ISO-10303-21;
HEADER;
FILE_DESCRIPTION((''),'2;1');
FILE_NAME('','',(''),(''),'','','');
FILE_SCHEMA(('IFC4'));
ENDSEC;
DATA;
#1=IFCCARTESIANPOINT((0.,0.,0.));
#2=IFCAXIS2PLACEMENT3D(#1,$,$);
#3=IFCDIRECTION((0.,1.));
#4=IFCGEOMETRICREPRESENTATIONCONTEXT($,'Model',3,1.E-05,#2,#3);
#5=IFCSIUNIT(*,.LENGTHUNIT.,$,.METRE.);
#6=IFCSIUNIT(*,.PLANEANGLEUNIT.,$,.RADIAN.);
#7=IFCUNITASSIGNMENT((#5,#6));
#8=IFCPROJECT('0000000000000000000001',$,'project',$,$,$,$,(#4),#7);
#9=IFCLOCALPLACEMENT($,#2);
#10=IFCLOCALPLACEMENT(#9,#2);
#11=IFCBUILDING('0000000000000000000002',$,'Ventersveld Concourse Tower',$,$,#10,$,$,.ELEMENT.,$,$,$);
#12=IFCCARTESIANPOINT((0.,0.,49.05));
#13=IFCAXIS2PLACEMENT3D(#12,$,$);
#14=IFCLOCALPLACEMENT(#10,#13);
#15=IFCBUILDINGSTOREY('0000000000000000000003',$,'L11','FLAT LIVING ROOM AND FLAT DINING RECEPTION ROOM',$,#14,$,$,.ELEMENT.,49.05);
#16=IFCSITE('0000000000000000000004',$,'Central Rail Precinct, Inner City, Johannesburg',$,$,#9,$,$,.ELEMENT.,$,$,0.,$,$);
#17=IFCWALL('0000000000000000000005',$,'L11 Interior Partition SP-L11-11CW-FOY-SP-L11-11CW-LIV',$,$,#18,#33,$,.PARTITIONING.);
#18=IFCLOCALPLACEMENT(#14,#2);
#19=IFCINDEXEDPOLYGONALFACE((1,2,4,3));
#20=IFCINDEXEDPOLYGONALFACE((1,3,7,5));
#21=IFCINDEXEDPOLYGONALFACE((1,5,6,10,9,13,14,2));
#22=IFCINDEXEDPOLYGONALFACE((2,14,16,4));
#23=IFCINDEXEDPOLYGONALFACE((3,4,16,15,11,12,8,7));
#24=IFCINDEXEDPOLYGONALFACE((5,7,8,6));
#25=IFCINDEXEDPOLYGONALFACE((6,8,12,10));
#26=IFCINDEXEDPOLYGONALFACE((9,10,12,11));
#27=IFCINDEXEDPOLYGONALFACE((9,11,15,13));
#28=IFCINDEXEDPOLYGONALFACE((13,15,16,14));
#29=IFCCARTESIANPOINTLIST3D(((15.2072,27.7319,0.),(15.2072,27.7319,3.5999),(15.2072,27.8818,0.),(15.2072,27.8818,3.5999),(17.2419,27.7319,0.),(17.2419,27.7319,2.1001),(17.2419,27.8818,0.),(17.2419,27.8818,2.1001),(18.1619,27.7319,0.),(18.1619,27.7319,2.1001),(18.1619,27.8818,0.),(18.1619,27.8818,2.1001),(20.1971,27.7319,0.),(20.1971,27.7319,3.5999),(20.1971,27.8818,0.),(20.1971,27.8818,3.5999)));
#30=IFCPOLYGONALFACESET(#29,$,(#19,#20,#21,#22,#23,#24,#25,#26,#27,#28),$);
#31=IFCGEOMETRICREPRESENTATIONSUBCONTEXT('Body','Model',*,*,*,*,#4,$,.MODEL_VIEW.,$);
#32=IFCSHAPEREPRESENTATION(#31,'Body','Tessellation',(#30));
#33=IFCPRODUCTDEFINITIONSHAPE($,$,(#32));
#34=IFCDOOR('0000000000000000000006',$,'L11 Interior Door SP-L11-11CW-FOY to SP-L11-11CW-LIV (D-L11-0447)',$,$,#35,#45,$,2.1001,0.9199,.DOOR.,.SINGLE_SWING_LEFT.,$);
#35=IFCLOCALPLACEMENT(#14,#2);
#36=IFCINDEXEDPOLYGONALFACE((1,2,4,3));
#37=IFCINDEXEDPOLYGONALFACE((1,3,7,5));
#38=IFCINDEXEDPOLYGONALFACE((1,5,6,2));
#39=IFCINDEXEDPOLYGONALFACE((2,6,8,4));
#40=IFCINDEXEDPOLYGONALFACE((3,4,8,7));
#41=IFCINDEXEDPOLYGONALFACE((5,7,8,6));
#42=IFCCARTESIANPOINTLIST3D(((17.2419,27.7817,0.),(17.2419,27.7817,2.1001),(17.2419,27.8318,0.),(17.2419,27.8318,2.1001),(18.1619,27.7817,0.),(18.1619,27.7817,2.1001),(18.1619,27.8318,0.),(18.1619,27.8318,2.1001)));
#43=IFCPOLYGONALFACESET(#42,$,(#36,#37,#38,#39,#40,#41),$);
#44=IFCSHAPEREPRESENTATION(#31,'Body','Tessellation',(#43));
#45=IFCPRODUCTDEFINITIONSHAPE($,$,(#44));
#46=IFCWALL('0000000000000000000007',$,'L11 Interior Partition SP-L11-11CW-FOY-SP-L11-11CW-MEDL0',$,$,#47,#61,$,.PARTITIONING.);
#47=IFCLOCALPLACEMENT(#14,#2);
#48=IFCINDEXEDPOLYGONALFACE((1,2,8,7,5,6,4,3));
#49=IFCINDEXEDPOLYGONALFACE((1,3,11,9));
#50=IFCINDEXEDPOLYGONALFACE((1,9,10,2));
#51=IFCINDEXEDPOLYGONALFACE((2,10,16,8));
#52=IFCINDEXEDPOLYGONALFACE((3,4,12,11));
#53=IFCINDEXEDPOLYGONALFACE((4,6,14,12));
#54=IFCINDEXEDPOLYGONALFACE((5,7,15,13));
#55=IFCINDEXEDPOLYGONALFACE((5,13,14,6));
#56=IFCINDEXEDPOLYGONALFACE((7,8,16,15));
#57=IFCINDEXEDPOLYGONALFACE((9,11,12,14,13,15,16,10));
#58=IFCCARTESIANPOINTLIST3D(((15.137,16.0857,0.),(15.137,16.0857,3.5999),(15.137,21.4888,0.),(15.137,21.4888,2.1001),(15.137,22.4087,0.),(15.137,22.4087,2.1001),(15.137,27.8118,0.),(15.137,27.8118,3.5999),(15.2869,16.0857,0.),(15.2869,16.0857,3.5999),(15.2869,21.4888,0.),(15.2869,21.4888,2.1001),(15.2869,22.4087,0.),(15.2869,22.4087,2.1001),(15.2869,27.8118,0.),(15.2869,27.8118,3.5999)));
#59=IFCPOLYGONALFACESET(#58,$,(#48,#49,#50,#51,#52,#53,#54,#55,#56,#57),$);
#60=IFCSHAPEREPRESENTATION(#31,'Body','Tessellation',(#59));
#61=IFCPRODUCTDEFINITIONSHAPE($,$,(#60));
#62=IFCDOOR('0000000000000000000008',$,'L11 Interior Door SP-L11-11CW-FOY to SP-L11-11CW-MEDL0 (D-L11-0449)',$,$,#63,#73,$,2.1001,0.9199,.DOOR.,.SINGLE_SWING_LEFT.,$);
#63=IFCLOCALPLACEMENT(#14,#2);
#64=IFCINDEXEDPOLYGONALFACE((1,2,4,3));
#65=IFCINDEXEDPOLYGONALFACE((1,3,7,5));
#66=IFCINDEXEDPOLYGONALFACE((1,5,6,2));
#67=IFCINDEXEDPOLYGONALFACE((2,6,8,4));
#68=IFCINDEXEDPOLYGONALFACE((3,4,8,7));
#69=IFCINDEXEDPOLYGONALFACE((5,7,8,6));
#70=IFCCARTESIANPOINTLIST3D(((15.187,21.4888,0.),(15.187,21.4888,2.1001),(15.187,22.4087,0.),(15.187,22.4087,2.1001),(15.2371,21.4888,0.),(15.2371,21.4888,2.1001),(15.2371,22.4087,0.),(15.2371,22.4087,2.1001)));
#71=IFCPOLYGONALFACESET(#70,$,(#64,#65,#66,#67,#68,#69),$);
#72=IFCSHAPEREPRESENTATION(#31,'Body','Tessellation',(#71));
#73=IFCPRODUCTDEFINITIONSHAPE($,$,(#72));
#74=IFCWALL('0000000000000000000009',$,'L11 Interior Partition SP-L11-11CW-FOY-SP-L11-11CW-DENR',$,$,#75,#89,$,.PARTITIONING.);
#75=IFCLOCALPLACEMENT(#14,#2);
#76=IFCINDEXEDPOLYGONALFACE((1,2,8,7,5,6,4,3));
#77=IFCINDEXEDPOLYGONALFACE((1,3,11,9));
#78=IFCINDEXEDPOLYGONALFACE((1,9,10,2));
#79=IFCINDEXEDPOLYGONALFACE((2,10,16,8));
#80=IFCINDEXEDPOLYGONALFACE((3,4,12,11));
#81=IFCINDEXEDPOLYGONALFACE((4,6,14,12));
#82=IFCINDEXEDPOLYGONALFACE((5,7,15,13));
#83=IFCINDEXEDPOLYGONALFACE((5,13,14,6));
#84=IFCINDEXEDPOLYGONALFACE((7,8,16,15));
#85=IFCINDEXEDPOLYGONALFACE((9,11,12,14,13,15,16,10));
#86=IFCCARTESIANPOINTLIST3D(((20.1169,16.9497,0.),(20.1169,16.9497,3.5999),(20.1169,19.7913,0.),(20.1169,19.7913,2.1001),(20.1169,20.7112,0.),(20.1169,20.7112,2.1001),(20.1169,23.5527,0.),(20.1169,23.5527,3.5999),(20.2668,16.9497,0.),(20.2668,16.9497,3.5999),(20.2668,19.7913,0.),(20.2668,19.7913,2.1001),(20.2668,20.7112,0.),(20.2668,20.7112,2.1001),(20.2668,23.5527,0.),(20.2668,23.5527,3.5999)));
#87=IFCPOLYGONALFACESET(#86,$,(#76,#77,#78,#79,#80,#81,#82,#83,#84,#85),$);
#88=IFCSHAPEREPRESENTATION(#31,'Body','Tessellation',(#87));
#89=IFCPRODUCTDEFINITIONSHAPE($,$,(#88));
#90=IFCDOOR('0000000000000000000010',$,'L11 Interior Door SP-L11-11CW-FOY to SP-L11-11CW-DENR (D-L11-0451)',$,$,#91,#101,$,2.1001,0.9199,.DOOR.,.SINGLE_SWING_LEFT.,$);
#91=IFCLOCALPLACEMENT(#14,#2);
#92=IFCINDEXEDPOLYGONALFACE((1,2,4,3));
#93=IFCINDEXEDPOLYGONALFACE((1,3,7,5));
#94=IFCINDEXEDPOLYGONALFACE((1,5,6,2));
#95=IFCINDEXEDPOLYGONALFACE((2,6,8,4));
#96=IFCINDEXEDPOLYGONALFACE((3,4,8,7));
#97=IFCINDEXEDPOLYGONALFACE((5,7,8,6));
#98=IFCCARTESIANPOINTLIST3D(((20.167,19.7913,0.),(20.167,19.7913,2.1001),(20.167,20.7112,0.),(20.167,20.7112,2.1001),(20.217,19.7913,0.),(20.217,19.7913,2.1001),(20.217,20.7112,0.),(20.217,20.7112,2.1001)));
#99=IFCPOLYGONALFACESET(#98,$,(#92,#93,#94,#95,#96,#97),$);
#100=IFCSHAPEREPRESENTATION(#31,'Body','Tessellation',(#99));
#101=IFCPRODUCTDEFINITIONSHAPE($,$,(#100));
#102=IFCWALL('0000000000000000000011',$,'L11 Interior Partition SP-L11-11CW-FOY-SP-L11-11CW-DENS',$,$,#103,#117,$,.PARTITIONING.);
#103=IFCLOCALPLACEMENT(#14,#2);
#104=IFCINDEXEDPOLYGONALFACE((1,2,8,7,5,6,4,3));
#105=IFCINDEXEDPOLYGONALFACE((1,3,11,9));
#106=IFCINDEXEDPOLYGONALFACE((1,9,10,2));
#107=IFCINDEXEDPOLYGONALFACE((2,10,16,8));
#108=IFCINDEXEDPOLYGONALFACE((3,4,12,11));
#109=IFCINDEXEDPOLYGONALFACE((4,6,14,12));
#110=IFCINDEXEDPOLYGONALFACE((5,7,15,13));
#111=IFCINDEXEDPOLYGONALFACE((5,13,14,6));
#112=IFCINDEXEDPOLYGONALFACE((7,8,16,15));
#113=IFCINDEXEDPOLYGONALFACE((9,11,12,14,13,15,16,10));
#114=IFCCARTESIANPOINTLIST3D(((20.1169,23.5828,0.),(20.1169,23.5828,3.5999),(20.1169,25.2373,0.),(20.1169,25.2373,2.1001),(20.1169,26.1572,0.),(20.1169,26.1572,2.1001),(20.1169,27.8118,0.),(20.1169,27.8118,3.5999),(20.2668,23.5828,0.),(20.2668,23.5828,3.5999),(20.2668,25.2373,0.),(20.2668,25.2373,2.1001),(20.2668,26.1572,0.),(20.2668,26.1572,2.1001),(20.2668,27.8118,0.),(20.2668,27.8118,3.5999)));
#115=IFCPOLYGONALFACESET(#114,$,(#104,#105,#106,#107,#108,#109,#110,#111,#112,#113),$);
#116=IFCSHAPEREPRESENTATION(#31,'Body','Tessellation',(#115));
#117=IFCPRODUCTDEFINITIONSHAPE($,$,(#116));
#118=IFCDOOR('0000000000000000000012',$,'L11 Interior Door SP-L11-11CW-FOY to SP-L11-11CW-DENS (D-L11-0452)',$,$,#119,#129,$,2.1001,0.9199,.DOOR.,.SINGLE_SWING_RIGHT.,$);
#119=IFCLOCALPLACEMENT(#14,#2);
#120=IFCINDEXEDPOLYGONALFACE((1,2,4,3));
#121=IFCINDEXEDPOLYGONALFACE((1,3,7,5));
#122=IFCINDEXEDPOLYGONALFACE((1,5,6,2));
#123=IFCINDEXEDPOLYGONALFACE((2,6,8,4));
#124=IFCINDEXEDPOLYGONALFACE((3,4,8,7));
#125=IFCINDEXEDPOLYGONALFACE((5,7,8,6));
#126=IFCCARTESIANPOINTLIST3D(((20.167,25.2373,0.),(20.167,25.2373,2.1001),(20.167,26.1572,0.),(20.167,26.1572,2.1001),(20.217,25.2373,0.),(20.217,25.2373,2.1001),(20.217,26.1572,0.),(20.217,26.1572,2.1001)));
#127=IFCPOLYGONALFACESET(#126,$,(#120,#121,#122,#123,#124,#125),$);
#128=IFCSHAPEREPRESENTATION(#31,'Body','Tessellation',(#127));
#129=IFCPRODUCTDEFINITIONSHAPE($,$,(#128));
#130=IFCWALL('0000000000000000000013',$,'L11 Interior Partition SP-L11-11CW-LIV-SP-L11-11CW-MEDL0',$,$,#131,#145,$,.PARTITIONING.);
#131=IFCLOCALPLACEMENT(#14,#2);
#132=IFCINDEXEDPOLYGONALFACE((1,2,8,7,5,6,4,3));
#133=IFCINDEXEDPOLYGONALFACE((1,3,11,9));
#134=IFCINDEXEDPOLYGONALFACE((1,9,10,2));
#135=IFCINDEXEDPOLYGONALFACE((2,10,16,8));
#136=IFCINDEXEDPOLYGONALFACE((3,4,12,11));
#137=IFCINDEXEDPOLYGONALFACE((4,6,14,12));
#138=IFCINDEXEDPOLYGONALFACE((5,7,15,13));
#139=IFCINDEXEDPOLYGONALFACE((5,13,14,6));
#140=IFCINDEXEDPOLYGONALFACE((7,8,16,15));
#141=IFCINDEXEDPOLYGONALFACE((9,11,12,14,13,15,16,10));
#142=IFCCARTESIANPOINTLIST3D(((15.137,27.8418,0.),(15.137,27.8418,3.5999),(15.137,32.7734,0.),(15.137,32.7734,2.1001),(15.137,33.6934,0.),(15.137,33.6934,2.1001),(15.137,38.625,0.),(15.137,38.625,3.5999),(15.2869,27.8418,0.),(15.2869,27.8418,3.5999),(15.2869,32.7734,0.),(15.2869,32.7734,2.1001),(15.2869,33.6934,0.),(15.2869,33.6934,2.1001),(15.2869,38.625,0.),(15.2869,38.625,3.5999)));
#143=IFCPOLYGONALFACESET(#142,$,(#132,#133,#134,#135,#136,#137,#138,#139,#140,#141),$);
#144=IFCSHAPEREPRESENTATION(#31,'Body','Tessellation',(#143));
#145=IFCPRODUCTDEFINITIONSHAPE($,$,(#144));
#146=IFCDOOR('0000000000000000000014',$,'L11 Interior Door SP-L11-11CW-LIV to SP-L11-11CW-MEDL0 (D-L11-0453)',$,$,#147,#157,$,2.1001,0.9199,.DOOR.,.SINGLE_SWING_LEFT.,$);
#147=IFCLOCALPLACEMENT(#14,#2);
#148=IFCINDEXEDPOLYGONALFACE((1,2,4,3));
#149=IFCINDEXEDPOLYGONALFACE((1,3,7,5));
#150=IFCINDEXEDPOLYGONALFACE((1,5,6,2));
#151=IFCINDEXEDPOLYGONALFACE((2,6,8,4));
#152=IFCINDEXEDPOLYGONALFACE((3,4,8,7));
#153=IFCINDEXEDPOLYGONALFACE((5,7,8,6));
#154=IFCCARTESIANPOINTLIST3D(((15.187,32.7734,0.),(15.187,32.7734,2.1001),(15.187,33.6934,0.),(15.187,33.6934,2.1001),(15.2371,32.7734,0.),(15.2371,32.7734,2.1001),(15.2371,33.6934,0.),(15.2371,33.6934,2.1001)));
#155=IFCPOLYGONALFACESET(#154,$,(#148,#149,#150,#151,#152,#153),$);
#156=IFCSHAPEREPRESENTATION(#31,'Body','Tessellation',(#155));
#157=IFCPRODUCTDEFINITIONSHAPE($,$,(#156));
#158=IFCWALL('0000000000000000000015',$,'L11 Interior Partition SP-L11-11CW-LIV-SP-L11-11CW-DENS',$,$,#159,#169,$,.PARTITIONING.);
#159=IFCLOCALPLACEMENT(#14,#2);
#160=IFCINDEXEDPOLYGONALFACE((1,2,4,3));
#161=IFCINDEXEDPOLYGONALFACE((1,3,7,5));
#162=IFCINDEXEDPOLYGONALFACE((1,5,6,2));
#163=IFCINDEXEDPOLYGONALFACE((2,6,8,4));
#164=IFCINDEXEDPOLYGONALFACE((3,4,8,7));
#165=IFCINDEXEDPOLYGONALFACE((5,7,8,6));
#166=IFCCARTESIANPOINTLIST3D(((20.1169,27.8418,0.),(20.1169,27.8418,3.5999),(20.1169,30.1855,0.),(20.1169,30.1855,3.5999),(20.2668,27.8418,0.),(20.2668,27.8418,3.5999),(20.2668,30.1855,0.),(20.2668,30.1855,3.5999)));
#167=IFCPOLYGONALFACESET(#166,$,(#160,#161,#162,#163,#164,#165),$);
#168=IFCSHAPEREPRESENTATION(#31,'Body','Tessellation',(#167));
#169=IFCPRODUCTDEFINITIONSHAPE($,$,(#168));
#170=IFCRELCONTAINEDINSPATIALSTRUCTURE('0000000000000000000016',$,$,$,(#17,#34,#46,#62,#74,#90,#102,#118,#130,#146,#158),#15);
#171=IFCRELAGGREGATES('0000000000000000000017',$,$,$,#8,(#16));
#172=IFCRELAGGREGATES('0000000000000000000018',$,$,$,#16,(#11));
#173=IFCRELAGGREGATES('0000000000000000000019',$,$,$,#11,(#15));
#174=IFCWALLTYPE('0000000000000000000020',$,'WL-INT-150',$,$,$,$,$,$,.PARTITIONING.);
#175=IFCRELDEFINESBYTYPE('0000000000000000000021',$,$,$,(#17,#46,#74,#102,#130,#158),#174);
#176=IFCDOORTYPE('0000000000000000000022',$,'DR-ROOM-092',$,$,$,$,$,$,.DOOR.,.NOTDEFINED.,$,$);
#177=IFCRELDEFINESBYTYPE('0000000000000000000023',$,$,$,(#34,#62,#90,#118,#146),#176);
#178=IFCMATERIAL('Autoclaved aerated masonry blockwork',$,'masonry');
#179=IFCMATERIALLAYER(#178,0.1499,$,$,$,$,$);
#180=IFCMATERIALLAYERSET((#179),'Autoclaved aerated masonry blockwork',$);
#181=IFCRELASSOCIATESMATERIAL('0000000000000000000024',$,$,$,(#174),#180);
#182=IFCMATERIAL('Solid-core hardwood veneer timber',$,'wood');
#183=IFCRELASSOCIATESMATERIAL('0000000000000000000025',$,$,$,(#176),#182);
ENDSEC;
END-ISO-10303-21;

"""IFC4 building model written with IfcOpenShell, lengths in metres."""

from ifc_helpers import new_model, si_unit, direction, frame, frame_2d, origin, place, context, subcontext, project, spatial, rectangle, extrude, material, layer, layer_set, type_object, element, fill, save


model = new_model("IFC4")

# Units and contexts
model_context = context("Model", 3, precision=1e-05, world=origin(), true_north=direction((0.0, 1.0)))
body_context = subcontext(model_context, "Body", "Model", "MODEL_VIEW")
ifc_project = project(units=[si_unit("LENGTHUNIT", "METRE"), si_unit("PLANEANGLEUNIT", "RADIAN")], contexts=[model_context])

# Site, building, storey
site_placement = place(None, origin())
site = spatial("IfcSite", under=ifc_project, at=site_placement, Name="Central Rail Precinct, Inner City, Johannesburg", CompositionType="ELEMENT", RefElevation=0.0)
building_placement = place(site_placement, origin())
building = spatial("IfcBuilding", under=site, at=building_placement, Name="Ventersveld Concourse Tower", CompositionType="ELEMENT")
storey_placement = place(building_placement, frame((0.0, 0.0, 49.05)))
storey = spatial("IfcBuildingStorey", under=building, at=storey_placement, Name="L11", Description="FLAT LIVING ROOM AND FLAT DINING RECEPTION ROOM", CompositionType="ELEMENT", Elevation=49.05)

# Walls, openings, doors
ifc_material_1 = material(Name="Autoclaved aerated masonry blockwork", Category="masonry")
ifc_layer_1 = layer(ifc_material_1, 0.1499)
ifc_layer_set_1 = layer_set([ifc_layer_1], Name="Autoclaved aerated masonry blockwork")
wall_type_1 = type_object("IfcWallType", Name="WL-INT-150", PredefinedType="PARTITIONING", material=ifc_layer_set_1)
wall_1_placement = place(storey_placement, frame((15.207, 27.8069, 0.0), z_axis=(0.0, 0.0, 1.0), x_axis=(1.0, 0.0, 0.0)))
wall_1 = element("IfcWall", 1, at=wall_1_placement, inside=storey, type_object=wall_type_1, Name="L11 Interior Partition SP-L11-11CW-FOY-SP-L11-11CW-LIV", PredefinedType="PARTITIONING", context=body_context, shape_type="SweptSolid", body=[
    extrude(rectangle(XDim=4.99, YDim=0.1499, at=frame_2d((2.4951, 0.0))), origin(), (0.0, 0.0, 1.0), 3.5999),
])
opening_1_placement = place(wall_1_placement, frame((2.0349, 0.0, 0.0)))
opening_1 = element("IfcOpeningElement", 2, at=opening_1_placement, cuts=wall_1, PredefinedType="OPENING", context=body_context, shape_type="SweptSolid", body=[
    extrude(rectangle(XDim=0.9199, YDim=2.1001, at=frame_2d((0.46, 1.05))), frame((0.0, 0.085, 0.0), z_axis=(0.0, -1.0, 0.0), x_axis=(1.0, 0.0, 0.0)), (0.0, 0.0, 1.0), 0.1699),
])
ifc_material_2 = material(Name="Solid-core hardwood veneer timber", Category="wood")
door_type = type_object("IfcDoorType", Name="DR-ROOM-092", OperationType="NOTDEFINED", PredefinedType="DOOR", material=ifc_material_2)
door_1_placement = place(opening_1_placement, origin())
door_1 = element("IfcDoor", 3, at=door_1_placement, inside=storey, type_object=door_type, Name="L11 Interior Door SP-L11-11CW-FOY to SP-L11-11CW-LIV (D-L11-0447)", OperationType="SINGLE_SWING_LEFT", OverallHeight=2.1001, OverallWidth=0.9199, PredefinedType="DOOR", context=body_context, shape_type="SweptSolid", body=[
    extrude(rectangle(XDim=0.9199, YDim=2.1001, at=frame_2d((0.46, 1.05))), frame((0.0, 0.0249, 0.0), z_axis=(0.0, -1.0, 0.0), x_axis=(1.0, 0.0, 0.0)), (0.0, 0.0, 1.0), 0.05),
])
fill(opening_1, door_1)
wall_2_placement = place(storey_placement, frame((15.2119, 16.0857, 0.0), z_axis=(0.0, 0.0, 1.0), x_axis=(0.0, 1.0, 0.0)))
wall_2 = element("IfcWall", 4, at=wall_2_placement, inside=storey, type_object=wall_type_1, Name="L11 Interior Partition SP-L11-11CW-FOY-SP-L11-11CW-MEDL0", PredefinedType="PARTITIONING", context=body_context, shape_type="SweptSolid", body=[
    extrude(rectangle(XDim=11.7261, YDim=0.1499, at=frame_2d((5.863, 0.0))), origin(), (0.0, 0.0, 1.0), 3.5999),
])
opening_2_placement = place(wall_2_placement, frame((5.4031, 0.0, 0.0)))
opening_2 = element("IfcOpeningElement", 5, at=opening_2_placement, cuts=wall_2, PredefinedType="OPENING", context=body_context, shape_type="SweptSolid", body=[
    extrude(rectangle(XDim=0.9199, YDim=2.1001, at=frame_2d((0.46, 1.05))), frame((0.0, 0.085, 0.0), z_axis=(0.0, -1.0, 0.0), x_axis=(1.0, 0.0, 0.0)), (0.0, 0.0, 1.0), 0.1699),
])
door_2_placement = place(opening_2_placement, origin())
door_2 = element("IfcDoor", 6, at=door_2_placement, inside=storey, type_object=door_type, Name="L11 Interior Door SP-L11-11CW-FOY to SP-L11-11CW-MEDL0 (D-L11-0449)", OperationType="SINGLE_SWING_LEFT", OverallHeight=2.1001, OverallWidth=0.9199, PredefinedType="DOOR", context=body_context, shape_type="SweptSolid", body=[
    extrude(rectangle(XDim=0.9199, YDim=2.1001, at=frame_2d((0.46, 1.05))), frame((0.0, 0.0249, 0.0), z_axis=(0.0, -1.0, 0.0), x_axis=(1.0, 0.0, 0.0)), (0.0, 0.0, 1.0), 0.05),
])
fill(opening_2, door_2)
wall_3_placement = place(storey_placement, frame((20.1919, 16.9497, 0.0), z_axis=(0.0, 0.0, 1.0), x_axis=(0.0, 1.0, 0.0)))
wall_3 = element("IfcWall", 7, at=wall_3_placement, inside=storey, type_object=wall_type_1, Name="L11 Interior Partition SP-L11-11CW-FOY-SP-L11-11CW-DENR", PredefinedType="PARTITIONING", context=body_context, shape_type="SweptSolid", body=[
    extrude(rectangle(XDim=6.603, YDim=0.1499, at=frame_2d((3.3015, 0.0))), origin(), (0.0, 0.0, 1.0), 3.5999),
])
opening_3_placement = place(wall_3_placement, frame((2.8416, 0.0, 0.0)))
opening_3 = element("IfcOpeningElement", 8, at=opening_3_placement, cuts=wall_3, PredefinedType="OPENING", context=body_context, shape_type="SweptSolid", body=[
    extrude(rectangle(XDim=0.9199, YDim=2.1001, at=frame_2d((0.46, 1.05))), frame((0.0, 0.085, 0.0), z_axis=(0.0, -1.0, 0.0), x_axis=(1.0, 0.0, 0.0)), (0.0, 0.0, 1.0), 0.1699),
])
door_3_placement = place(opening_3_placement, origin())
door_3 = element("IfcDoor", 9, at=door_3_placement, inside=storey, type_object=door_type, Name="L11 Interior Door SP-L11-11CW-FOY to SP-L11-11CW-DENR (D-L11-0451)", OperationType="SINGLE_SWING_LEFT", OverallHeight=2.1001, OverallWidth=0.9199, PredefinedType="DOOR", context=body_context, shape_type="SweptSolid", body=[
    extrude(rectangle(XDim=0.9199, YDim=2.1001, at=frame_2d((0.46, 1.05))), frame((0.0, 0.0249, 0.0), z_axis=(0.0, -1.0, 0.0), x_axis=(1.0, 0.0, 0.0)), (0.0, 0.0, 1.0), 0.05),
])
fill(opening_3, door_3)
wall_4_placement = place(storey_placement, frame((20.1919, 23.5828, 0.0), z_axis=(0.0, 0.0, 1.0), x_axis=(0.0, 1.0, 0.0)))
wall_4 = element("IfcWall", 10, at=wall_4_placement, inside=storey, type_object=wall_type_1, Name="L11 Interior Partition SP-L11-11CW-FOY-SP-L11-11CW-DENS", PredefinedType="PARTITIONING", context=body_context, shape_type="SweptSolid", body=[
    extrude(rectangle(XDim=4.229, YDim=0.1499, at=frame_2d((2.1145, 0.0))), origin(), (0.0, 0.0, 1.0), 3.5999),
])
opening_4_placement = place(wall_4_placement, frame((1.6545, 0.0, 0.0)))
opening_4 = element("IfcOpeningElement", 11, at=opening_4_placement, cuts=wall_4, PredefinedType="OPENING", context=body_context, shape_type="SweptSolid", body=[
    extrude(rectangle(XDim=0.9199, YDim=2.1001, at=frame_2d((0.46, 1.05))), frame((0.0, 0.085, 0.0), z_axis=(0.0, -1.0, 0.0), x_axis=(1.0, 0.0, 0.0)), (0.0, 0.0, 1.0), 0.1699),
])
door_4_placement = place(opening_4_placement, origin())
door_4 = element("IfcDoor", 12, at=door_4_placement, inside=storey, type_object=door_type, Name="L11 Interior Door SP-L11-11CW-FOY to SP-L11-11CW-DENS (D-L11-0452)", OperationType="SINGLE_SWING_RIGHT", OverallHeight=2.1001, OverallWidth=0.9199, PredefinedType="DOOR", context=body_context, shape_type="SweptSolid", body=[
    extrude(rectangle(XDim=0.9199, YDim=2.1001, at=frame_2d((0.46, 1.05))), frame((0.0, 0.0249, 0.0), z_axis=(0.0, -1.0, 0.0), x_axis=(1.0, 0.0, 0.0)), (0.0, 0.0, 1.0), 0.05),
])
fill(opening_4, door_4)
wall_5_placement = place(storey_placement, frame((15.2119, 27.8418, 0.0), z_axis=(0.0, 0.0, 1.0), x_axis=(0.0, 1.0, 0.0)))
wall_5 = element("IfcWall", 13, at=wall_5_placement, inside=storey, type_object=wall_type_1, Name="L11 Interior Partition SP-L11-11CW-LIV-SP-L11-11CW-MEDL0", PredefinedType="PARTITIONING", context=body_context, shape_type="SweptSolid", body=[
    extrude(rectangle(XDim=10.7832, YDim=0.1499, at=frame_2d((5.3916, 0.0))), origin(), (0.0, 0.0, 1.0), 3.5999),
])
opening_5_placement = place(wall_5_placement, frame((4.9316, 0.0, 0.0)))
opening_5 = element("IfcOpeningElement", 14, at=opening_5_placement, cuts=wall_5, PredefinedType="OPENING", context=body_context, shape_type="SweptSolid", body=[
    extrude(rectangle(XDim=0.9199, YDim=2.1001, at=frame_2d((0.46, 1.05))), frame((0.0, 0.085, 0.0), z_axis=(0.0, -1.0, 0.0), x_axis=(1.0, 0.0, 0.0)), (0.0, 0.0, 1.0), 0.1699),
])
door_5_placement = place(opening_5_placement, origin())
door_5 = element("IfcDoor", 15, at=door_5_placement, inside=storey, type_object=door_type, Name="L11 Interior Door SP-L11-11CW-LIV to SP-L11-11CW-MEDL0 (D-L11-0453)", OperationType="SINGLE_SWING_LEFT", OverallHeight=2.1001, OverallWidth=0.9199, PredefinedType="DOOR", context=body_context, shape_type="SweptSolid", body=[
    extrude(rectangle(XDim=0.9199, YDim=2.1001, at=frame_2d((0.46, 1.05))), frame((0.0, 0.0249, 0.0), z_axis=(0.0, -1.0, 0.0), x_axis=(1.0, 0.0, 0.0)), (0.0, 0.0, 1.0), 0.05),
])
fill(opening_5, door_5)

# Wall
wall_6_placement = place(storey_placement, frame((20.1919, 27.8418, 0.0), z_axis=(0.0, 0.0, 1.0), x_axis=(0.0, 1.0, 0.0)))
element("IfcWall", 16, at=wall_6_placement, inside=storey, type_object=wall_type_1, Name="L11 Interior Partition SP-L11-11CW-LIV-SP-L11-11CW-DENS", PredefinedType="PARTITIONING", context=body_context, shape_type="SweptSolid", body=[
    extrude(rectangle(XDim=2.3438, YDim=0.1499, at=frame_2d((1.1719, 0.0))), origin(), (0.0, 0.0, 1.0), 3.5999),
])

save(model, "model.ifc")
